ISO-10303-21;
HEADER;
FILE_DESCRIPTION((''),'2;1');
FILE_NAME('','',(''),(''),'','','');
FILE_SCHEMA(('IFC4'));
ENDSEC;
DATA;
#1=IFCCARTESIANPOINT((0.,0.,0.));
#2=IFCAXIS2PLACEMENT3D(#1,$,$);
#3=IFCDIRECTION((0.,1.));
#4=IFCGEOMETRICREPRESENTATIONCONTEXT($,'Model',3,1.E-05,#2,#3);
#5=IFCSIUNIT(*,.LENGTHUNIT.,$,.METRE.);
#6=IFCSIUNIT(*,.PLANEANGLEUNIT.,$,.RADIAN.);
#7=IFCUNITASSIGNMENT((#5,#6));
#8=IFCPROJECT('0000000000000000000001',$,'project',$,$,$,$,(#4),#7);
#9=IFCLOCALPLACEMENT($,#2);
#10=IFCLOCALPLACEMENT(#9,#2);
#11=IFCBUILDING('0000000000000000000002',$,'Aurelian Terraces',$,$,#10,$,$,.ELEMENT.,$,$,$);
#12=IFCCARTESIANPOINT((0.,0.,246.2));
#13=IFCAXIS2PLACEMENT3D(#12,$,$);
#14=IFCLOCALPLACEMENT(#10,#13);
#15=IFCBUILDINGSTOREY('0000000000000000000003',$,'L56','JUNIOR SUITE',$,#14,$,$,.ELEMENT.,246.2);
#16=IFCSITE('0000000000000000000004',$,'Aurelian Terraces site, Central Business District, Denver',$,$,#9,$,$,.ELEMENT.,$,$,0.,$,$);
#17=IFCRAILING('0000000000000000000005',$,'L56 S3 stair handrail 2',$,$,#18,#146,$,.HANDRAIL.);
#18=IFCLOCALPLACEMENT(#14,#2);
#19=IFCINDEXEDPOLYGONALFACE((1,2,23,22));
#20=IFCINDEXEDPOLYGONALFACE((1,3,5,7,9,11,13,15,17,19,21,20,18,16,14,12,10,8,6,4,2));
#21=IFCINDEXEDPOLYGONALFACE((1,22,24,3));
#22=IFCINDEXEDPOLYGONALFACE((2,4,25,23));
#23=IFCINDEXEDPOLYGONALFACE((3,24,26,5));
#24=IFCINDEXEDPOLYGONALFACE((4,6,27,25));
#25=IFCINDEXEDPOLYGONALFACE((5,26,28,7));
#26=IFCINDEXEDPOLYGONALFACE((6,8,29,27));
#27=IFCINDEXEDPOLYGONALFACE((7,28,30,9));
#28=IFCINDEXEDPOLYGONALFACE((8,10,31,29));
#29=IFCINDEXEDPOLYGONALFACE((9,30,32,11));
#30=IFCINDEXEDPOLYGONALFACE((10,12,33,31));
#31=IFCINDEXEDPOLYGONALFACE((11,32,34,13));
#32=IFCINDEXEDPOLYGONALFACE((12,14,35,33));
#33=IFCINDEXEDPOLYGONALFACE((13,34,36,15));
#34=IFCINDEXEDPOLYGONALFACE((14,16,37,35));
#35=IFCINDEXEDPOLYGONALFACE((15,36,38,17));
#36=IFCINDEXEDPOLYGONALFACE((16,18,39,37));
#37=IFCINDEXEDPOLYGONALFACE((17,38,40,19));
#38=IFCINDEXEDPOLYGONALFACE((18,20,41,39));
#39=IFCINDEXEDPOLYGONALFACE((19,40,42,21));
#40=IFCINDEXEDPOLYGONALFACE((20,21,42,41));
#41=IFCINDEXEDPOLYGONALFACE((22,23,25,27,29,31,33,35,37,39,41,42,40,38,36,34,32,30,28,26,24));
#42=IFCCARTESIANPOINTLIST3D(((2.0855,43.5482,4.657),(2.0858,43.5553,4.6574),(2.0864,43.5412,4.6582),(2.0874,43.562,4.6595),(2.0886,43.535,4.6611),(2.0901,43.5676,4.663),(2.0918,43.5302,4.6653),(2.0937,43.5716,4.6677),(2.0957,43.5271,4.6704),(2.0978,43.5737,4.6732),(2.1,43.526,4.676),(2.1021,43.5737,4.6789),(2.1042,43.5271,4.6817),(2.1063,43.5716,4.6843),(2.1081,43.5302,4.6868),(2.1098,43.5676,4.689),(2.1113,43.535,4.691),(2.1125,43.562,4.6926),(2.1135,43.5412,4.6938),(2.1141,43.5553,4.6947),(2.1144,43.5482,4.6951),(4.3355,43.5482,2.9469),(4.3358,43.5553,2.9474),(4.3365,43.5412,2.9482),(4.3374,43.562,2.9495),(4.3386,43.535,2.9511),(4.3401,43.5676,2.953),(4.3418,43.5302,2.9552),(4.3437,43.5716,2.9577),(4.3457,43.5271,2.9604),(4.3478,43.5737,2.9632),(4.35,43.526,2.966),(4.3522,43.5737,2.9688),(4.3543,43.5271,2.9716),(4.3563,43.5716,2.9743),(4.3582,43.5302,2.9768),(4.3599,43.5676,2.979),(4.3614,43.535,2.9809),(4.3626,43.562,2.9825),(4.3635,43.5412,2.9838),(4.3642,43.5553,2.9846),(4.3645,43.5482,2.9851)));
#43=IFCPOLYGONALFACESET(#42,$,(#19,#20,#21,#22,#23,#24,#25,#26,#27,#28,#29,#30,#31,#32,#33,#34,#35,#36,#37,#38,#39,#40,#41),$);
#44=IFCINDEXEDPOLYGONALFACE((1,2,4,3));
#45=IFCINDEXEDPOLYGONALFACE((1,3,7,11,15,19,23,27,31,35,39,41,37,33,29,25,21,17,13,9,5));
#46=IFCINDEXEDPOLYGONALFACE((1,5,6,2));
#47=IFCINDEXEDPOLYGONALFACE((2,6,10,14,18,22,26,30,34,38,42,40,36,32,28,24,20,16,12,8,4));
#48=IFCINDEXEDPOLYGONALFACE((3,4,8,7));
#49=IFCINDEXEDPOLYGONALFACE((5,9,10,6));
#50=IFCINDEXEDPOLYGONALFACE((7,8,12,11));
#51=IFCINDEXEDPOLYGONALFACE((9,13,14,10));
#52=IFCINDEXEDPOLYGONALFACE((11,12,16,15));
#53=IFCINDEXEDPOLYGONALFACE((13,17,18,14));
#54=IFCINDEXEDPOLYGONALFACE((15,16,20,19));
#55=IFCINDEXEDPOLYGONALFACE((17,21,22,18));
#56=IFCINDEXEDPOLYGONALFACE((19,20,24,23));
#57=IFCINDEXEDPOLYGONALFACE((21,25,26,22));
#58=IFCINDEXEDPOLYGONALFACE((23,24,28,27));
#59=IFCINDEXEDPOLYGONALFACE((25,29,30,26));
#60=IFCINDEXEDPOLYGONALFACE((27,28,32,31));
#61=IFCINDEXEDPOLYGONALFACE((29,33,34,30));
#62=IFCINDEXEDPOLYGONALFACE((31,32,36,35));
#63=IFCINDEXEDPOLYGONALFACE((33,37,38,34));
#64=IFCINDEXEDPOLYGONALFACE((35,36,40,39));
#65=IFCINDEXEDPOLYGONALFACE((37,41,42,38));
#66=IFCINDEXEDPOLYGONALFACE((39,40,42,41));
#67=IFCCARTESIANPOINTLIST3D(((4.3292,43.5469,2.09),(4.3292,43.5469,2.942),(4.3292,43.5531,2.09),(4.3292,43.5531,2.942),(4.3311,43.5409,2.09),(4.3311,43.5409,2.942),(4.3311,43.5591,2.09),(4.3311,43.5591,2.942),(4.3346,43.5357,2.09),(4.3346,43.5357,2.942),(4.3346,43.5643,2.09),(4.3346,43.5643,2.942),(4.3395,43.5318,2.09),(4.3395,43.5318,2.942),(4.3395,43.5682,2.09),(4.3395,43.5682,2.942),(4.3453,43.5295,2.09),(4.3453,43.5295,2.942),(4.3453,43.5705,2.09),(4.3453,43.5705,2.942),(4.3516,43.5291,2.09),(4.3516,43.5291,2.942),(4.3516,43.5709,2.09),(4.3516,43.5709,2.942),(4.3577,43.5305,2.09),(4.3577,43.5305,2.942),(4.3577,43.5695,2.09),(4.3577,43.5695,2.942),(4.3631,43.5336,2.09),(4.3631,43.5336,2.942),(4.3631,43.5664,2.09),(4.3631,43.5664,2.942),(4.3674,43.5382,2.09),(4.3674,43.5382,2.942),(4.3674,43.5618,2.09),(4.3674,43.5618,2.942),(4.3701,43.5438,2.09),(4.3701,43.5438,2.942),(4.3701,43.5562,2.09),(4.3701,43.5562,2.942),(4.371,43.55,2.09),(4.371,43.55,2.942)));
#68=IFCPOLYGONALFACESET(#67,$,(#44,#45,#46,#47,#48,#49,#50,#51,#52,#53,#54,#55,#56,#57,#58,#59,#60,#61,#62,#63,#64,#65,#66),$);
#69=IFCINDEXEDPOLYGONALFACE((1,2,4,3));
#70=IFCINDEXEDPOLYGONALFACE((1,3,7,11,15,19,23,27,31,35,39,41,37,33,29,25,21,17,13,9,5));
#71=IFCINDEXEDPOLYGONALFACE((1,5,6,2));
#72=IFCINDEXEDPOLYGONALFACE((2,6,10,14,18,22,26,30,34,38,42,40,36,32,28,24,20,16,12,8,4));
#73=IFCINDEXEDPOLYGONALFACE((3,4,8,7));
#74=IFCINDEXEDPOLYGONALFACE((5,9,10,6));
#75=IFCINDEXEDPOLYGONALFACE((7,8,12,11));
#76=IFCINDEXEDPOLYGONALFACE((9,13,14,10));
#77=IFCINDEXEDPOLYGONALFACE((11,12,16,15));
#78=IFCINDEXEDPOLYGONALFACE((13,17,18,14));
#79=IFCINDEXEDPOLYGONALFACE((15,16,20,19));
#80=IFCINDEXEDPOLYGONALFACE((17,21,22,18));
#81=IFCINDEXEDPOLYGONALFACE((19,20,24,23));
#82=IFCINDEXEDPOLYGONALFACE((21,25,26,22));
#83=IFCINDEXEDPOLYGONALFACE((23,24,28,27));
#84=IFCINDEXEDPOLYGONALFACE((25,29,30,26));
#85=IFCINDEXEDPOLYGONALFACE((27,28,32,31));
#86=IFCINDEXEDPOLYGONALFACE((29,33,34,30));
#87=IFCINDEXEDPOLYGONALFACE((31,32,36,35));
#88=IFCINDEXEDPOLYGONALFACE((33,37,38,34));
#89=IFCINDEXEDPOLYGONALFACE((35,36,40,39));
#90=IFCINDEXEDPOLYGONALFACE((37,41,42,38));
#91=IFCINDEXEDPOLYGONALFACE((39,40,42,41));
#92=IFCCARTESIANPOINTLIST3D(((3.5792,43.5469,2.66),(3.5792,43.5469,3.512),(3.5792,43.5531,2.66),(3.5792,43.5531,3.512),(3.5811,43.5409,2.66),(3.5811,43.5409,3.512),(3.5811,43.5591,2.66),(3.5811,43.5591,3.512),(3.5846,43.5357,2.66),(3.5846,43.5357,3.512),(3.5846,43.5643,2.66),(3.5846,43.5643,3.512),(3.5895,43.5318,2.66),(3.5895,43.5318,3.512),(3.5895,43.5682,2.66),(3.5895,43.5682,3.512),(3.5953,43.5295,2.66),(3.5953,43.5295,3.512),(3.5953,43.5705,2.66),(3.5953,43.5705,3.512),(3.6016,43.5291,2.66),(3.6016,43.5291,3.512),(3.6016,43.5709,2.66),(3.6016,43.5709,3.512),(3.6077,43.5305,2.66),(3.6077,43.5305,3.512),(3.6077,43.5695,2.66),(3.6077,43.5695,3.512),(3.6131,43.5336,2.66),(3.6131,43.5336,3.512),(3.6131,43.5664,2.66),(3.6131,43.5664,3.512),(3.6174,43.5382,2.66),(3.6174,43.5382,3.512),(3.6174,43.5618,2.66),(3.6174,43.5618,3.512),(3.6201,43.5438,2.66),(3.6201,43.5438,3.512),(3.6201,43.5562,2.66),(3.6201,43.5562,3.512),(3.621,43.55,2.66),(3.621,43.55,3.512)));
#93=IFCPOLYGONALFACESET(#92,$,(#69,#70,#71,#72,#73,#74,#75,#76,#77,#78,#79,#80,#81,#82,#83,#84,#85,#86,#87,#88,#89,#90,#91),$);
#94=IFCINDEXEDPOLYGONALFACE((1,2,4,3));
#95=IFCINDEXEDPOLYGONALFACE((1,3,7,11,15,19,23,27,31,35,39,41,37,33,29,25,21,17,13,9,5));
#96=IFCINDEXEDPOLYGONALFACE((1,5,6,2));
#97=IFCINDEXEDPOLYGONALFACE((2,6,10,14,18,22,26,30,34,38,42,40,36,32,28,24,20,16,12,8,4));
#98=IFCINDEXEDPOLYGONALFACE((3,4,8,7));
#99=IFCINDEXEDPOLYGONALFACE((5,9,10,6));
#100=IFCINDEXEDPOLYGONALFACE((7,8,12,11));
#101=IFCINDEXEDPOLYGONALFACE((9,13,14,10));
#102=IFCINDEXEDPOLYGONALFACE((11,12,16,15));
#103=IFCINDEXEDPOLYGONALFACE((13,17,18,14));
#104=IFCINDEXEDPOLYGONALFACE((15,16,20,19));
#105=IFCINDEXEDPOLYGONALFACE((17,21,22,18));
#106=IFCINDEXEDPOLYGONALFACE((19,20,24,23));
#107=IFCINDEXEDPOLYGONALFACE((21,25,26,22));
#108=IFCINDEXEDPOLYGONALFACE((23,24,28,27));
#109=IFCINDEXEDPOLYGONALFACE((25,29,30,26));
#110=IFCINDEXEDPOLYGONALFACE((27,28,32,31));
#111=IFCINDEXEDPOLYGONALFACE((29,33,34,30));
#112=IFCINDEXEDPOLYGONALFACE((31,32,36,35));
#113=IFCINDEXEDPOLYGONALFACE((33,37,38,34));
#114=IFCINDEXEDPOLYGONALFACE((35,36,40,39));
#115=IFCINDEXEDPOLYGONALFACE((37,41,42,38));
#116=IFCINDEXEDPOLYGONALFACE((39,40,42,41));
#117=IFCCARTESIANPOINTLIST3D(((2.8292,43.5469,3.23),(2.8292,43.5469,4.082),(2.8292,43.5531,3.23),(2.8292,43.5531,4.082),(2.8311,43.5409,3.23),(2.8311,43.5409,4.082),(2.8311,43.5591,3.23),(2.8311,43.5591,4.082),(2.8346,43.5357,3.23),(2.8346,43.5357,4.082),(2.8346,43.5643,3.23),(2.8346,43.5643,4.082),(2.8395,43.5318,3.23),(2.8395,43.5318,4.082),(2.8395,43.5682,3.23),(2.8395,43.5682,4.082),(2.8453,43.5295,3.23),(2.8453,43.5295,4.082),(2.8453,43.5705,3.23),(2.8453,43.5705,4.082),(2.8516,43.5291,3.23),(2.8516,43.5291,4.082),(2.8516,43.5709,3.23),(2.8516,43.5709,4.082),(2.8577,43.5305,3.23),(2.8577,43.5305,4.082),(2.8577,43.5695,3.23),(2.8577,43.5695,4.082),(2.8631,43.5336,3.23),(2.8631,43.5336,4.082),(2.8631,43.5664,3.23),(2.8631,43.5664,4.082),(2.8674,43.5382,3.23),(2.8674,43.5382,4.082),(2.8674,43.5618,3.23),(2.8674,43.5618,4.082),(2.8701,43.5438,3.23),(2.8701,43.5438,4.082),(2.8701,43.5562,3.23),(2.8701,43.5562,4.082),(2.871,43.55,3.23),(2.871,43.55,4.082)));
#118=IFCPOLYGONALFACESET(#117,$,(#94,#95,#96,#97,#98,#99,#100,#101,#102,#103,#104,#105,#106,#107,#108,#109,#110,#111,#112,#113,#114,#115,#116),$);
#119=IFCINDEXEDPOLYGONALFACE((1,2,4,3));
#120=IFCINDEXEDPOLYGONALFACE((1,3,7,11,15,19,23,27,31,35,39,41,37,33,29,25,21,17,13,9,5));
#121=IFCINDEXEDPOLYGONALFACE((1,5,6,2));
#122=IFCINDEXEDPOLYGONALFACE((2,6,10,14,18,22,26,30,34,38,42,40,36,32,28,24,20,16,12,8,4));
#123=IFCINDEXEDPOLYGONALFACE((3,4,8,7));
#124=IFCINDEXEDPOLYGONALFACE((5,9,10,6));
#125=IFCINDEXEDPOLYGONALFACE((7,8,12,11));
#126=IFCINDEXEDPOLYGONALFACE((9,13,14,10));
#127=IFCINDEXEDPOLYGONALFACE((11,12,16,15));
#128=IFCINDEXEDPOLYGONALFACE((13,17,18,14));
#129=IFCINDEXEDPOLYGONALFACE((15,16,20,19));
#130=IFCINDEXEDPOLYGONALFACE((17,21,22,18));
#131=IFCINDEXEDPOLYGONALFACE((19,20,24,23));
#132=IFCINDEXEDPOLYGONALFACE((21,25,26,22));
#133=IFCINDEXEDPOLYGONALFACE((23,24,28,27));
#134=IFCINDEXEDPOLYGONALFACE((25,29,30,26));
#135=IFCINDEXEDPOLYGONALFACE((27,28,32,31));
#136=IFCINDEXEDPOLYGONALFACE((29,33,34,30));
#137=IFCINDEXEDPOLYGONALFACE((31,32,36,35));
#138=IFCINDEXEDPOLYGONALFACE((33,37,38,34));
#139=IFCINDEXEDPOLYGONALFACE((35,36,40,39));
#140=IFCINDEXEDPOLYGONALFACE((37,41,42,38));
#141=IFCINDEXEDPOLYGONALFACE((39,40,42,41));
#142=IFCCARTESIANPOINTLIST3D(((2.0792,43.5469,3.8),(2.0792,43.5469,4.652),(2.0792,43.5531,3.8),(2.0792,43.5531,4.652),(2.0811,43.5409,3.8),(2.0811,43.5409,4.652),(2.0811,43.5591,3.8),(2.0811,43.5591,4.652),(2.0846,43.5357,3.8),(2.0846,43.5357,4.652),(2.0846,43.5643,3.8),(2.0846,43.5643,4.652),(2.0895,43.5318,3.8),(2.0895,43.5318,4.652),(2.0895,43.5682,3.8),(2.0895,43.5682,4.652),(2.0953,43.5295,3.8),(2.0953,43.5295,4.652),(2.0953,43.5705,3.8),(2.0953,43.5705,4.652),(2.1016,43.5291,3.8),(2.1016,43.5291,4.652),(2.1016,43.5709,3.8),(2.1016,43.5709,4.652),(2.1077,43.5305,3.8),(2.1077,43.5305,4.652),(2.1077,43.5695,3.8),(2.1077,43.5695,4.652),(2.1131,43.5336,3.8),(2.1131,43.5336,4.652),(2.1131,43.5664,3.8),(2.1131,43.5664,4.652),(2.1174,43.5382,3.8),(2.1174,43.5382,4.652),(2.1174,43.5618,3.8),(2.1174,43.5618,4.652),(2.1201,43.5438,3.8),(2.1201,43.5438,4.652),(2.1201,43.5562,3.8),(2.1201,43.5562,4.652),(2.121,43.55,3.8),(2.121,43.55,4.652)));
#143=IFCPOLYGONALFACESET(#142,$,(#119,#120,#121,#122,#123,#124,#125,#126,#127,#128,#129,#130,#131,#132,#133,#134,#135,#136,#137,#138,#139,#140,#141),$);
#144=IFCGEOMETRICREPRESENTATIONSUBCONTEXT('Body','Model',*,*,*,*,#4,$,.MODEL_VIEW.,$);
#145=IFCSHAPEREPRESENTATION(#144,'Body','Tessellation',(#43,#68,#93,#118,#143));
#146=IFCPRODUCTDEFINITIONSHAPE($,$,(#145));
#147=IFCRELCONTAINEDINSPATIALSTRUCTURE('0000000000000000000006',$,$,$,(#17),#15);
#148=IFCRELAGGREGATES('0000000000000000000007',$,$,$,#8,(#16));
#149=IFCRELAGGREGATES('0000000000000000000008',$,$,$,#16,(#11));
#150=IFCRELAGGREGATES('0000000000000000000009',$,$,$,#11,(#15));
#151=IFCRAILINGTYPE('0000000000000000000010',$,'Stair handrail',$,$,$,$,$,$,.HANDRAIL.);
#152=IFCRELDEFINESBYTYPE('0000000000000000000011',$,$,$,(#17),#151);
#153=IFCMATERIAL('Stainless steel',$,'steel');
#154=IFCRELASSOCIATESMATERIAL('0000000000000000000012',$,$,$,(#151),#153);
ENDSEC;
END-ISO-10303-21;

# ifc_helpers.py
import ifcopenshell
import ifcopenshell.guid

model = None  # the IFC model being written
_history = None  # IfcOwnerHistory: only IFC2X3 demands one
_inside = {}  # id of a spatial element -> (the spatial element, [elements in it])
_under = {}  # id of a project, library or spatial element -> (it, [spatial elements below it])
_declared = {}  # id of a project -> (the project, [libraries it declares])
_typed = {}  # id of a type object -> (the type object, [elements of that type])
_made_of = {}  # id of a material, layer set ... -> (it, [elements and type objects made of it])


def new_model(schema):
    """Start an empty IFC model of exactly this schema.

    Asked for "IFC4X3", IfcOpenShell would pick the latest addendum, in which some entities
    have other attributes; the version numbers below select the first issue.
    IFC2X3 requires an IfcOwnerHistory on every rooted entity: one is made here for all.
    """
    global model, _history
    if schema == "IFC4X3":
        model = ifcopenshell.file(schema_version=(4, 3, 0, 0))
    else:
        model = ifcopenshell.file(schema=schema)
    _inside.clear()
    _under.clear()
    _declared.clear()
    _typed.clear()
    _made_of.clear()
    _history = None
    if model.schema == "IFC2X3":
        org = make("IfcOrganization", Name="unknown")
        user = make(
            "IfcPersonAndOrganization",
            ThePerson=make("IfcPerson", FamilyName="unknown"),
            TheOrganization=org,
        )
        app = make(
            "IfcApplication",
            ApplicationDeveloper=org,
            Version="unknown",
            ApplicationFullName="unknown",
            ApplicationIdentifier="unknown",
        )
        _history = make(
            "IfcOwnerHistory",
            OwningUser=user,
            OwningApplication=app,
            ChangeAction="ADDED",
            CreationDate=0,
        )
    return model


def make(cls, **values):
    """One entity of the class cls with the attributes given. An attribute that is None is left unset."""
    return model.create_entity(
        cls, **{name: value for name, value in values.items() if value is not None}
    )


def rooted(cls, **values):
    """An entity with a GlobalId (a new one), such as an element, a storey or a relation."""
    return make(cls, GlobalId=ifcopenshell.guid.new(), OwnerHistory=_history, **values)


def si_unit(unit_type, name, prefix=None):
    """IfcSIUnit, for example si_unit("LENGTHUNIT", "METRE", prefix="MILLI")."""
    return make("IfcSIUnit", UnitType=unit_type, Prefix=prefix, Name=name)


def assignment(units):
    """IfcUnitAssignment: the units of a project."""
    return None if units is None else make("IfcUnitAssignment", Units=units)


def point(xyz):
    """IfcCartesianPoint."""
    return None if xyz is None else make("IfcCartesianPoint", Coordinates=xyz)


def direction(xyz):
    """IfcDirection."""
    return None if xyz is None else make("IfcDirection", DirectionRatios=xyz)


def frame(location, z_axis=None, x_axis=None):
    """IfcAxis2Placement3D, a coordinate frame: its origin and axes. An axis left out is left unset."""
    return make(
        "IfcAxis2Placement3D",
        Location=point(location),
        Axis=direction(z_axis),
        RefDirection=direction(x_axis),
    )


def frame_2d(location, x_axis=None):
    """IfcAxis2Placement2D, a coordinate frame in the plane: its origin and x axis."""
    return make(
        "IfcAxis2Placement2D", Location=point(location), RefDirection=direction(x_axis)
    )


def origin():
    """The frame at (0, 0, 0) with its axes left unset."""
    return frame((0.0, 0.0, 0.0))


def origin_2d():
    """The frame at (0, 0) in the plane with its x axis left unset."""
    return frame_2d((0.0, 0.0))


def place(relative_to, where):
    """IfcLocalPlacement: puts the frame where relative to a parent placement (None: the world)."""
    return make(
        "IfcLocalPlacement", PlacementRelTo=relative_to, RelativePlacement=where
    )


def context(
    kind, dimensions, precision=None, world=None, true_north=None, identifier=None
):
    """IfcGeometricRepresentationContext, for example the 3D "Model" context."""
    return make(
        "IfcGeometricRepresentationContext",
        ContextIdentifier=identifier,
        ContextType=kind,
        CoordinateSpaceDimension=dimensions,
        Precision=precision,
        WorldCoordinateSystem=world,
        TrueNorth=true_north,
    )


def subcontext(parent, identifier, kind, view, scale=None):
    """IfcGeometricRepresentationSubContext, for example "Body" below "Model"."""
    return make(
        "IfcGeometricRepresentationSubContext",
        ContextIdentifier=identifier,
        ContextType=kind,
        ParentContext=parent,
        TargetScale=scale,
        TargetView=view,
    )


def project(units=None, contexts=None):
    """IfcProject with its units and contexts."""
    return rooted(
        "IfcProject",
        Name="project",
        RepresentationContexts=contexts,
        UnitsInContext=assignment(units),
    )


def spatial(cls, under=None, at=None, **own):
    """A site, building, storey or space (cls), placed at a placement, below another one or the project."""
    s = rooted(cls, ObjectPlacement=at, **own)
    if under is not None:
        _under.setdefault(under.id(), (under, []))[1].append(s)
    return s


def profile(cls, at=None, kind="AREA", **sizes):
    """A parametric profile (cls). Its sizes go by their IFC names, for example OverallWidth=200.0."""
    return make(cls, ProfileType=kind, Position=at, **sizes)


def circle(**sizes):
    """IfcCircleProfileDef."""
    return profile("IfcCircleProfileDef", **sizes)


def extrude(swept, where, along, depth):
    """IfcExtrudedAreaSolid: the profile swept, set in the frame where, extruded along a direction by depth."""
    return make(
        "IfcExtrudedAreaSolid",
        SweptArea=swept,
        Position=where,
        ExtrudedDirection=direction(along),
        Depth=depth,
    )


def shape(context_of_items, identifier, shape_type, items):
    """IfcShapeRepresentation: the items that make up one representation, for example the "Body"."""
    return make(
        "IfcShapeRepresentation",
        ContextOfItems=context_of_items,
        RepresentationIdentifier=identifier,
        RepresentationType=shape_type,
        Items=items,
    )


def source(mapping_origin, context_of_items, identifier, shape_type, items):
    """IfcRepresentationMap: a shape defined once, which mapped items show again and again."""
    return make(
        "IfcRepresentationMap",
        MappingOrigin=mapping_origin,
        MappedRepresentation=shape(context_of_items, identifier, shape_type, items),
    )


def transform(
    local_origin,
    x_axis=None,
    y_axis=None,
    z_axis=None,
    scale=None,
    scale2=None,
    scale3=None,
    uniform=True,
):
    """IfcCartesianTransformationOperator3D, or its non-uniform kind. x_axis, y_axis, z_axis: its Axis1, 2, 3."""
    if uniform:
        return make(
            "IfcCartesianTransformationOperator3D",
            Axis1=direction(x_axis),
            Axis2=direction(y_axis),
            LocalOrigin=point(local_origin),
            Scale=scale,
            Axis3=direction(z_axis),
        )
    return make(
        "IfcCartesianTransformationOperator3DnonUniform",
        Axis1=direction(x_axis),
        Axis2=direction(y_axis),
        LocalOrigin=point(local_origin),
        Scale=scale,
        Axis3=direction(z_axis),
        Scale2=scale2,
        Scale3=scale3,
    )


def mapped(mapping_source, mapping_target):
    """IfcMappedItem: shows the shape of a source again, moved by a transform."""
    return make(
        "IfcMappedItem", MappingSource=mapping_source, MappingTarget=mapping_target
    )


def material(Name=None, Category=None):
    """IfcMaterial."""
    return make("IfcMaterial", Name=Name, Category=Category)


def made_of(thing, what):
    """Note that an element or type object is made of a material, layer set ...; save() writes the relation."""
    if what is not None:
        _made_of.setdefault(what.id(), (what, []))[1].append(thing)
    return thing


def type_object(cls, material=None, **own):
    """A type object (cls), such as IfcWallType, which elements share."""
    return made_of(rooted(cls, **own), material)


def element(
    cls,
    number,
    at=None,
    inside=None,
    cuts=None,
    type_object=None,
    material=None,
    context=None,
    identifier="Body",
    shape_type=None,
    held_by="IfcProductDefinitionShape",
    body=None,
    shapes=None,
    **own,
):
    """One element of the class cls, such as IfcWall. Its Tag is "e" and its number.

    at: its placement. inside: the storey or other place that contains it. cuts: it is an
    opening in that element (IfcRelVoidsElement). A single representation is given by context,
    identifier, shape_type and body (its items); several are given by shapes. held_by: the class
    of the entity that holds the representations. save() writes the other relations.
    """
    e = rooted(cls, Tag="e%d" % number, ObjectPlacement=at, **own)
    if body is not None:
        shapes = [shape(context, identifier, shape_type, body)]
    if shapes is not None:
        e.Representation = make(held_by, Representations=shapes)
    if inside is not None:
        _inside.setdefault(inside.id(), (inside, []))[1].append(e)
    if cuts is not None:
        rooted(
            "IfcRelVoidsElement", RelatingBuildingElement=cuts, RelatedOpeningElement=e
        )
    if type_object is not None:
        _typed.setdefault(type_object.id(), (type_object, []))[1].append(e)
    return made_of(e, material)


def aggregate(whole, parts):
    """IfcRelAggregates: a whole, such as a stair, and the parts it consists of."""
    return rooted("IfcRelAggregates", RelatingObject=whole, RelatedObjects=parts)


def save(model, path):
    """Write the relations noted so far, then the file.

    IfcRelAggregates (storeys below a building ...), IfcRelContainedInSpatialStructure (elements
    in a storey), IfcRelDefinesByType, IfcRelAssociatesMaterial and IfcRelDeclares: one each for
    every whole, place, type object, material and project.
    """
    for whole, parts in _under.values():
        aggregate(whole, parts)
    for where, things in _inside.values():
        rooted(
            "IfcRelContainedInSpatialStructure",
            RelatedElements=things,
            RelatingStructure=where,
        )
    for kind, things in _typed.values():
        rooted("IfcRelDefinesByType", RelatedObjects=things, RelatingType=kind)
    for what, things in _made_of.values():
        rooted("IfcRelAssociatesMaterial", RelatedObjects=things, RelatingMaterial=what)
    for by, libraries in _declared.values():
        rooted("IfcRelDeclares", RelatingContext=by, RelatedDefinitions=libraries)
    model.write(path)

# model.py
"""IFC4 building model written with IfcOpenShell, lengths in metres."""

from ifc_helpers import new_model, si_unit, direction, frame, origin, origin_2d, place, context, subcontext, project, spatial, circle, extrude, source, transform, mapped, material, type_object, element, save


model = new_model("IFC4")

# Units and contexts
model_context = context("Model", 3, precision=1e-05, world=origin(), true_north=direction((0.0, 1.0)))
body_context = subcontext(model_context, "Body", "Model", "MODEL_VIEW")
ifc_project = project(units=[si_unit("LENGTHUNIT", "METRE"), si_unit("PLANEANGLEUNIT", "RADIAN")], contexts=[model_context])

# Site, building, storey
site_placement = place(None, origin())
site = spatial("IfcSite", under=ifc_project, at=site_placement, Name="Aurelian Terraces site, Central Business District, Denver", CompositionType="ELEMENT", RefElevation=0.0)
building_placement = place(site_placement, origin())
building = spatial("IfcBuilding", under=site, at=building_placement, Name="Aurelian Terraces", CompositionType="ELEMENT")
storey_placement = place(building_placement, frame((0.0, 0.0, 246.2)))
storey = spatial("IfcBuildingStorey", under=building, at=storey_placement, Name="L56", Description="JUNIOR SUITE", CompositionType="ELEMENT", Elevation=246.2)

# Railing
ifc_material_1 = material(Name="Stainless steel", Category="steel")
railing_type_1 = type_object("IfcRailingType", Name="Stair handrail", PredefinedType="HANDRAIL", material=ifc_material_1)
shared_shape_1 = source(origin(), body_context, "Body", "SweptSolid", [
    extrude(circle(Radius=0.024, at=origin_2d()), frame((0.0, 0.0, 0.876), z_axis=(-0.796162, 0.0, 0.605083), x_axis=(0.0, -1.0, 0.0)), (0.0, 0.0, 1.0), 2.8261),
    extrude(circle(Radius=0.021, at=origin_2d()), origin(), (0.0, 0.0, 1.0), 0.852),
    extrude(circle(Radius=0.021, at=origin_2d()), frame((-0.75, 0.0, 0.57)), (0.0, 0.0, 1.0), 0.852),
    extrude(circle(Radius=0.021, at=origin_2d()), frame((-1.5, 0.0, 1.14)), (0.0, 0.0, 1.0), 0.852),
    extrude(circle(Radius=0.021, at=origin_2d()), frame((-2.25, 0.0, 1.71)), (0.0, 0.0, 1.0), 0.852),
])
railing_1_placement = place(storey_placement, frame((4.35, 43.55, 2.09)))
element("IfcRailing", 1, at=railing_1_placement, inside=storey, type_object=railing_type_1, Name="L56 S3 stair handrail 2", PredefinedType="HANDRAIL", context=body_context, shape_type="MappedRepresentation", body=[
    mapped(shared_shape_1, transform((0.0, 0.0, 0.0), scale=1.0)),
])

save(model, "model.ifc")
